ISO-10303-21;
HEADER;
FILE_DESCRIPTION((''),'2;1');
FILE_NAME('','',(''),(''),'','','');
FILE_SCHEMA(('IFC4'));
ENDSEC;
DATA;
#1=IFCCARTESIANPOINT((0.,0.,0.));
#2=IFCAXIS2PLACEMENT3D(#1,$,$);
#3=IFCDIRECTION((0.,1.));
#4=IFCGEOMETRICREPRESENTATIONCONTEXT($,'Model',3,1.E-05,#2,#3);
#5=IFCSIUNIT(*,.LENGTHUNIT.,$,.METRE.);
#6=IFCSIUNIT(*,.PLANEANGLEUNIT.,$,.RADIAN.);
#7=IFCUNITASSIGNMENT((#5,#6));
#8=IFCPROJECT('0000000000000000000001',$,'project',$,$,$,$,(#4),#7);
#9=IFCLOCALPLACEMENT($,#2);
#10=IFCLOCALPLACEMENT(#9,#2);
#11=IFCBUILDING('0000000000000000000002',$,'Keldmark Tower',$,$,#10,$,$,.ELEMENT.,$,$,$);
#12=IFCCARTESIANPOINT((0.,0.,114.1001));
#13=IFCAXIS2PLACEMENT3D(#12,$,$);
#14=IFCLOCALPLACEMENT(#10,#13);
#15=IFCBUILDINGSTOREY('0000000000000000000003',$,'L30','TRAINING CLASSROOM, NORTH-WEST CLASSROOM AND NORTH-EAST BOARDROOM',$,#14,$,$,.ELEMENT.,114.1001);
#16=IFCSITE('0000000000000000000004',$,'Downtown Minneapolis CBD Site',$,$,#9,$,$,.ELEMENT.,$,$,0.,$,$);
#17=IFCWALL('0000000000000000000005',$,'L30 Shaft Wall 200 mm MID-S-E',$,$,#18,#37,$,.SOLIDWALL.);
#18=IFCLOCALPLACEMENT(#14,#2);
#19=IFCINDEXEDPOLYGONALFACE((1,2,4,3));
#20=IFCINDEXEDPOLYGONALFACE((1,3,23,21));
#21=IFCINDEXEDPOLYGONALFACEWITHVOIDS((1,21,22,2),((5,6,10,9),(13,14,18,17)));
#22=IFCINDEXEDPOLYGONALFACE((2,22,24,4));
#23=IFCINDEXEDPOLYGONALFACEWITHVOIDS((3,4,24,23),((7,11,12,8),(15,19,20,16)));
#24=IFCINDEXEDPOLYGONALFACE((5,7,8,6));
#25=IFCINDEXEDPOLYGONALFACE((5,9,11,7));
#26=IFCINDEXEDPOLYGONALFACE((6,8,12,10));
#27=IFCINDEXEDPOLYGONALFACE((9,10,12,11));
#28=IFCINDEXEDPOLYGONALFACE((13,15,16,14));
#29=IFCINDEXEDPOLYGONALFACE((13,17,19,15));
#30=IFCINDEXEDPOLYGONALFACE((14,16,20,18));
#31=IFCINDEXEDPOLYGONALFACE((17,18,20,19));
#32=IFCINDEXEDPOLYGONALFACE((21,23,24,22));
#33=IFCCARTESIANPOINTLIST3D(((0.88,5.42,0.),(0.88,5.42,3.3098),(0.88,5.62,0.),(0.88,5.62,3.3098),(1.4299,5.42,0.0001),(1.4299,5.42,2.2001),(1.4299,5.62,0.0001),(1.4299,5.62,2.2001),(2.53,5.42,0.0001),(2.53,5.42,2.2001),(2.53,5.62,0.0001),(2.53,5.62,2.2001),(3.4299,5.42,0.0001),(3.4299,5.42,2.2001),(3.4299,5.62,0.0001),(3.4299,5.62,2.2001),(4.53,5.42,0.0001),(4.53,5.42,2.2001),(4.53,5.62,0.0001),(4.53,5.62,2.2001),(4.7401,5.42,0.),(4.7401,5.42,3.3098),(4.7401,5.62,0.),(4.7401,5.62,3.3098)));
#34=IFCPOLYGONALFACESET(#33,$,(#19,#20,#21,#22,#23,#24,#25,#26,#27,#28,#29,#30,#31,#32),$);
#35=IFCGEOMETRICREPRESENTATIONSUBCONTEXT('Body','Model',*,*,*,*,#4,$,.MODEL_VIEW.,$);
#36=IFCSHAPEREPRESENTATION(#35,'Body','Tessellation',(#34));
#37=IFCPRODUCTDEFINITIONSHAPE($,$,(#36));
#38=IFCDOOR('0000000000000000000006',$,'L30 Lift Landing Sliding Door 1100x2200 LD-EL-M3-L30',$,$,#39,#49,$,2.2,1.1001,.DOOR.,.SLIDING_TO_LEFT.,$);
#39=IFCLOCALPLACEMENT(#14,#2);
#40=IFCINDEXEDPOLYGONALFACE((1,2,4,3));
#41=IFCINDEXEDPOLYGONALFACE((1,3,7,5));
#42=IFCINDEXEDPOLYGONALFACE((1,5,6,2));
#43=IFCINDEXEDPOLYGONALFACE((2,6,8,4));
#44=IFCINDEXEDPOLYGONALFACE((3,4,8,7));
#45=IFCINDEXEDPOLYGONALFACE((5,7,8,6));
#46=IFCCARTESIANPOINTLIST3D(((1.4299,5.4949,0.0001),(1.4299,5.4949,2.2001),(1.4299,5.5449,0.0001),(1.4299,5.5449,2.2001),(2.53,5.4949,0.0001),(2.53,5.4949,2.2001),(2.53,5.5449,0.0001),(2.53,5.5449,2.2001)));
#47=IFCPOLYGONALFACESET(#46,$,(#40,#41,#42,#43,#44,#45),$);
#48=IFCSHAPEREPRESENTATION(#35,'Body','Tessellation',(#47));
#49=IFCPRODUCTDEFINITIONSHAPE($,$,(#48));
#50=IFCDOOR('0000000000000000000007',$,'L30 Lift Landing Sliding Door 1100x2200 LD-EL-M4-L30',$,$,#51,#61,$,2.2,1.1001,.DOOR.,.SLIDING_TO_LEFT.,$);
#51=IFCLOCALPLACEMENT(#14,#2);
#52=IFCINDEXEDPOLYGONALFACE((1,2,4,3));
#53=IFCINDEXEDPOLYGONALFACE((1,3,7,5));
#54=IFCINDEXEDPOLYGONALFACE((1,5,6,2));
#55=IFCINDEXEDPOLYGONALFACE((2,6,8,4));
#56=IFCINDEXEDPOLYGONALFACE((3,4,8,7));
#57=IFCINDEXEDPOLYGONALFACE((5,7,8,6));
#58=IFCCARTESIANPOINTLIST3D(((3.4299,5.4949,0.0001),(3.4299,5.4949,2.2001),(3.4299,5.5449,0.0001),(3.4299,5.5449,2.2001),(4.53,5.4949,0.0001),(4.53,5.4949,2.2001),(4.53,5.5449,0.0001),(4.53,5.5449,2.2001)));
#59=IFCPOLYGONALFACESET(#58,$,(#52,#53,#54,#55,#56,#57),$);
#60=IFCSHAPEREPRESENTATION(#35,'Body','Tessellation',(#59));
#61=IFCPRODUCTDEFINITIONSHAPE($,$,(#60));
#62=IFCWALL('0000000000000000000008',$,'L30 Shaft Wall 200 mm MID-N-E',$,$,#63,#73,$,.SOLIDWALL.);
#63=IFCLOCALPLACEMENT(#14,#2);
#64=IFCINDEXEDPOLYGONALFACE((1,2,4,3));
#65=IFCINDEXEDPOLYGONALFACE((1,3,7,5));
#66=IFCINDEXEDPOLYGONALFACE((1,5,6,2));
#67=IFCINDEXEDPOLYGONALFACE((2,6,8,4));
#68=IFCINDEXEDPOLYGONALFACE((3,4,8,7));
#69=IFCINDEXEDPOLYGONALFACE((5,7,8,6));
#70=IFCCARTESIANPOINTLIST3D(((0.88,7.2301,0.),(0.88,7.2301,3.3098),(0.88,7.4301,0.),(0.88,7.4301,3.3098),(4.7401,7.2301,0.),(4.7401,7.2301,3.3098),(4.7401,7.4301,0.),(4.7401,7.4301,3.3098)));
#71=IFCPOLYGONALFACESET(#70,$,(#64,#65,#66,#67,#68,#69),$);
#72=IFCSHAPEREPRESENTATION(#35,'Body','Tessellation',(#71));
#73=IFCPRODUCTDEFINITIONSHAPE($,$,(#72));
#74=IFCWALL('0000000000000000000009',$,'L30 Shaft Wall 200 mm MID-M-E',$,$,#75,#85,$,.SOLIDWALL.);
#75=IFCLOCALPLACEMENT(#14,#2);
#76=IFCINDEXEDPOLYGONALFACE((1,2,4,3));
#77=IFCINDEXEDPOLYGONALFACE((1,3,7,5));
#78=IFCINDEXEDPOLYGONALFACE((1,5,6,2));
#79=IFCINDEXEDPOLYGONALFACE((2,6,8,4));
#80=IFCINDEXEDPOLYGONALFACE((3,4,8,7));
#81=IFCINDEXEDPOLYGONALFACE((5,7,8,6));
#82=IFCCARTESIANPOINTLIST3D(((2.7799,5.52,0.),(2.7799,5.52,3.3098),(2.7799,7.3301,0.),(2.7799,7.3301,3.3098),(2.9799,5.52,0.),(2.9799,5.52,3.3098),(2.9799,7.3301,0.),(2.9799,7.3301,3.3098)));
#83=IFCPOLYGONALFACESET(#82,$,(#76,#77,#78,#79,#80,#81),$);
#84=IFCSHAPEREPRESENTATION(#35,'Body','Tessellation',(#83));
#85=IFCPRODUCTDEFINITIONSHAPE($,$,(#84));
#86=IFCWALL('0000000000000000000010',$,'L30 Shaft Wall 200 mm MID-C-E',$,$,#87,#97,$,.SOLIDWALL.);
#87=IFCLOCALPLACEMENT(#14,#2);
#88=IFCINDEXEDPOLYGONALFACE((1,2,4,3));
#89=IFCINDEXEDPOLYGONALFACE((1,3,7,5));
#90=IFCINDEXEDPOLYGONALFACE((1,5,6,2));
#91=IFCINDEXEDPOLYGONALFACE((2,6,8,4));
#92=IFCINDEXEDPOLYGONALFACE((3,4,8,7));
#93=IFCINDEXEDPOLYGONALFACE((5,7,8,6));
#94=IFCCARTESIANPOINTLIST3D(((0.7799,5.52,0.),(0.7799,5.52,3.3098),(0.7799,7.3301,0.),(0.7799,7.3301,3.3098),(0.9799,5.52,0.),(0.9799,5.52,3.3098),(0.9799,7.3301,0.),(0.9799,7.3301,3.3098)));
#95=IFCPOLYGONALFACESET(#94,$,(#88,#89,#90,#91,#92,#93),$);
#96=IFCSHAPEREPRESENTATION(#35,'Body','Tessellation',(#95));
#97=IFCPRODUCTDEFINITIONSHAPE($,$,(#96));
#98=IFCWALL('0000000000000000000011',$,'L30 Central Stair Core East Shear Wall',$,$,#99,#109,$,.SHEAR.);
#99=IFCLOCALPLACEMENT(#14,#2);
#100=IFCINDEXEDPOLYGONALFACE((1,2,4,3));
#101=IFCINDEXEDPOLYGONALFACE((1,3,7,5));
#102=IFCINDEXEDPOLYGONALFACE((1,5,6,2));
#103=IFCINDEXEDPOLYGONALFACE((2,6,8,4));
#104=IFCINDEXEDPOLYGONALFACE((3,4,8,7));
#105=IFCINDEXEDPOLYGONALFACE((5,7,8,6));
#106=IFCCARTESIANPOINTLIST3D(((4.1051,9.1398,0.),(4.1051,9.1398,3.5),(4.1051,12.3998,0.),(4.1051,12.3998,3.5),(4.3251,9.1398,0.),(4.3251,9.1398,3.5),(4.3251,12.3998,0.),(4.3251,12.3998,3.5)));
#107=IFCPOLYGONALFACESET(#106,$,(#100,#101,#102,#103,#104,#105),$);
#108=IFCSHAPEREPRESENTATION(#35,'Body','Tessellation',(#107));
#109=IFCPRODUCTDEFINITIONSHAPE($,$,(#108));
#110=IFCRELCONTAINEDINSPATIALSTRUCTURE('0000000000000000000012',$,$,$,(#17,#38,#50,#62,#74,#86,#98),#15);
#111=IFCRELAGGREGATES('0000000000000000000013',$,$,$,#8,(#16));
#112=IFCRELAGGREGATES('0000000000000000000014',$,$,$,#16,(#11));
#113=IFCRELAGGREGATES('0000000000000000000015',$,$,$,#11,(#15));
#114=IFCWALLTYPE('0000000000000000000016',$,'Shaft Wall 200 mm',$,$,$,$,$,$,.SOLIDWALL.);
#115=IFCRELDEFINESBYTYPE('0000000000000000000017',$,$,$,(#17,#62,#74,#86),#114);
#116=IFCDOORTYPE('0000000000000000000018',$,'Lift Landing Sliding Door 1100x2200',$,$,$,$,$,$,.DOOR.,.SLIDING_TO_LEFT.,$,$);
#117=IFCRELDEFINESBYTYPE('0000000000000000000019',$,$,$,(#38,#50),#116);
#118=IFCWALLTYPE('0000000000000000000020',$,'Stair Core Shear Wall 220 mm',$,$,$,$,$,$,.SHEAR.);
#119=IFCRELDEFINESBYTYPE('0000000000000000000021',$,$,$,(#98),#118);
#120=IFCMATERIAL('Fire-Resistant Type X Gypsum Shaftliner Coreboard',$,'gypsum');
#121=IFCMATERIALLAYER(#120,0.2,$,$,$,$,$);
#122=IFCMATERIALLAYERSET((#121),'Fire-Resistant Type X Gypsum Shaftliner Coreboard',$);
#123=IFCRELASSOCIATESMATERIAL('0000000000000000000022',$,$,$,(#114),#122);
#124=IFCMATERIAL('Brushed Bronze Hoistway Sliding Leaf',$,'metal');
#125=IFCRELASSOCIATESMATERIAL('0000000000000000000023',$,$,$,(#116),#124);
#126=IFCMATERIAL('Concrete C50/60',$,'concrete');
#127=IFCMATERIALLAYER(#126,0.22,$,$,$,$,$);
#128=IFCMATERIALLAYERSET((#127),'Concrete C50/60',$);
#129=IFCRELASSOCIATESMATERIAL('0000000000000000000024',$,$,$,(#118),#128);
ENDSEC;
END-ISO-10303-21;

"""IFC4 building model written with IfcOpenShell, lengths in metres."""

from ifc_helpers import new_model, si_unit, direction, frame, frame_2d, origin, place, context, subcontext, project, spatial, rectangle, extrude, material, layer, layer_set, type_object, element, fill, save


model = new_model("IFC4")

# Units and contexts
model_context = context("Model", 3, precision=1e-05, world=origin(), true_north=direction((0.0, 1.0)))
body_context = subcontext(model_context, "Body", "Model", "MODEL_VIEW")
ifc_project = project(units=[si_unit("LENGTHUNIT", "METRE"), si_unit("PLANEANGLEUNIT", "RADIAN")], contexts=[model_context])

# Site, building, storey
site_placement = place(None, origin())
site = spatial("IfcSite", under=ifc_project, at=site_placement, Name="Downtown Minneapolis CBD Site", CompositionType="ELEMENT", RefElevation=0.0)
building_placement = place(site_placement, origin())
building = spatial("IfcBuilding", under=site, at=building_placement, Name="Keldmark Tower", CompositionType="ELEMENT")
storey_placement = place(building_placement, frame((0.0, 0.0, 114.1001)))
storey = spatial("IfcBuildingStorey", under=building, at=storey_placement, Name="L30", Description="TRAINING CLASSROOM, NORTH-WEST CLASSROOM AND NORTH-EAST BOARDROOM", CompositionType="ELEMENT", Elevation=114.1001)

# Shared definitions
ifc_material_1 = material(Name="Fire-Resistant Type X Gypsum Shaftliner Coreboard", Category="gypsum")
ifc_layer_1 = layer(ifc_material_1, 0.2)
ifc_layer_set_1 = layer_set([ifc_layer_1], Name="Fire-Resistant Type X Gypsum Shaftliner Coreboard")
wall_type_1 = type_object("IfcWallType", Name="Shaft Wall 200 mm", PredefinedType="SOLIDWALL", material=ifc_layer_set_1)

# Wall, openings, doors
wall_1_placement = place(storey_placement, frame((0.8799, 5.52, 0.0), z_axis=(0.0, 0.0, 1.0), x_axis=(1.0, 0.0, 0.0)))
wall_1 = element("IfcWall", 1, at=wall_1_placement, inside=storey, type_object=wall_type_1, Name="L30 Shaft Wall 200 mm MID-S-E", PredefinedType="SOLIDWALL", context=body_context, shape_type="SweptSolid", body=[
    extrude(rectangle(XDim=3.8601, YDim=0.2, at=frame_2d((1.9302, 0.0))), origin(), (0.0, 0.0, 1.0), 3.3098),
])
opening_1_placement = place(wall_1_placement, frame((0.55, 0.0, 0.0)))
opening_1 = element("IfcOpeningElement", 2, at=opening_1_placement, cuts=wall_1, PredefinedType="OPENING", context=body_context, shape_type="SweptSolid", body=[
    extrude(rectangle(XDim=1.1001, YDim=2.2, at=frame_2d((0.55, 1.1001))), frame((0.0, 0.1099, 0.0), z_axis=(0.0, -1.0, 0.0), x_axis=(1.0, 0.0, 0.0)), (0.0, 0.0, 1.0), 0.22),
])
opening_2_placement = place(wall_1_placement, frame((2.55, 0.0, 0.0)))
opening_2 = element("IfcOpeningElement", 3, at=opening_2_placement, cuts=wall_1, PredefinedType="OPENING", context=body_context, shape_type="SweptSolid", body=[
    extrude(rectangle(XDim=1.1001, YDim=2.2, at=frame_2d((0.55, 1.1001))), frame((0.0, 0.1099, 0.0), z_axis=(0.0, -1.0, 0.0), x_axis=(1.0, 0.0, 0.0)), (0.0, 0.0, 1.0), 0.22),
])
ifc_material_2 = material(Name="Brushed Bronze Hoistway Sliding Leaf", Category="metal")
door_type_1 = type_object("IfcDoorType", Name="Lift Landing Sliding Door 1100x2200", OperationType="SLIDING_TO_LEFT", PredefinedType="DOOR", material=ifc_material_2)
door_1_placement = place(opening_1_placement, origin())
door_1 = element("IfcDoor", 4, at=door_1_placement, inside=storey, type_object=door_type_1, Name="L30 Lift Landing Sliding Door 1100x2200 LD-EL-M3-L30", OperationType="SLIDING_TO_LEFT", OverallHeight=2.2, OverallWidth=1.1001, PredefinedType="DOOR", context=body_context, shape_type="SweptSolid", body=[
    extrude(rectangle(XDim=1.1001, YDim=2.2, at=frame_2d((0.55, 1.1001))), frame((0.0, 0.0249, 0.0), z_axis=(0.0, -1.0, 0.0), x_axis=(1.0, 0.0, 0.0)), (0.0, 0.0, 1.0), 0.05),
])
fill(opening_1, door_1)
door_2_placement = place(opening_2_placement, origin())
door_2 = element("IfcDoor", 5, at=door_2_placement, inside=storey, type_object=door_type_1, Name="L30 Lift Landing Sliding Door 1100x2200 LD-EL-M4-L30", OperationType="SLIDING_TO_LEFT", OverallHeight=2.2, OverallWidth=1.1001, PredefinedType="DOOR", context=body_context, shape_type="SweptSolid", body=[
    extrude(rectangle(XDim=1.1001, YDim=2.2, at=frame_2d((0.55, 1.1001))), frame((0.0, 0.0249, 0.0), z_axis=(0.0, -1.0, 0.0), x_axis=(1.0, 0.0, 0.0)), (0.0, 0.0, 1.0), 0.05),
])
fill(opening_2, door_2)

# Walls
wall_2_placement = place(storey_placement, frame((0.8799, 7.3301, 0.0), z_axis=(0.0, 0.0, 1.0), x_axis=(1.0, 0.0, 0.0)))
element("IfcWall", 6, at=wall_2_placement, inside=storey, type_object=wall_type_1, Name="L30 Shaft Wall 200 mm MID-N-E", PredefinedType="SOLIDWALL", context=body_context, shape_type="SweptSolid", body=[
    extrude(rectangle(XDim=3.8601, YDim=0.2, at=frame_2d((1.9302, 0.0))), origin(), (0.0, 0.0, 1.0), 3.3098),
])
for number, where, z_axis, x_axis, name in (
    (7, (2.8799, 5.52, 0.0), (0.0, 0.0, 1.0), (0.0, 1.0, 0.0), "L30 Shaft Wall 200 mm MID-M-E"),
    (8, (0.8799, 5.52, 0.0), (0.0, 0.0, 1.0), (0.0, 1.0, 0.0), "L30 Shaft Wall 200 mm MID-C-E"),
):
    element("IfcWall", number, at=place(storey_placement, frame(where, z_axis=z_axis, x_axis=x_axis)), inside=storey, type_object=wall_type_1, Name=name, PredefinedType="SOLIDWALL", context=body_context, shape_type="SweptSolid", body=[
        extrude(rectangle(XDim=1.8101, YDim=0.2, at=frame_2d((0.905, 0.0))), origin(), (0.0, 0.0, 1.0), 3.3098),
    ])
ifc_material_3 = material(Name="Concrete C50/60", Category="concrete")
ifc_layer_2 = layer(ifc_material_3, 0.22)
ifc_layer_set_2 = layer_set([ifc_layer_2], Name="Concrete C50/60")
wall_type_2 = type_object("IfcWallType", Name="Stair Core Shear Wall 220 mm", PredefinedType="SHEAR", material=ifc_layer_set_2)
wall_3_placement = place(storey_placement, frame((4.2151, 9.1399, 0.0), z_axis=(0.0, 0.0, 1.0), x_axis=(0.0, 1.0, 0.0)))
element("IfcWall", 9, at=wall_3_placement, inside=storey, type_object=wall_type_2, Name="L30 Central Stair Core East Shear Wall", PredefinedType="SHEAR", context=body_context, shape_type="SweptSolid", body=[
    extrude(rectangle(XDim=3.26, YDim=0.22, at=frame_2d((1.6299, 0.0))), origin(), (0.0, 0.0, 1.0), 3.5),
])

save(model, "model.ifc")
